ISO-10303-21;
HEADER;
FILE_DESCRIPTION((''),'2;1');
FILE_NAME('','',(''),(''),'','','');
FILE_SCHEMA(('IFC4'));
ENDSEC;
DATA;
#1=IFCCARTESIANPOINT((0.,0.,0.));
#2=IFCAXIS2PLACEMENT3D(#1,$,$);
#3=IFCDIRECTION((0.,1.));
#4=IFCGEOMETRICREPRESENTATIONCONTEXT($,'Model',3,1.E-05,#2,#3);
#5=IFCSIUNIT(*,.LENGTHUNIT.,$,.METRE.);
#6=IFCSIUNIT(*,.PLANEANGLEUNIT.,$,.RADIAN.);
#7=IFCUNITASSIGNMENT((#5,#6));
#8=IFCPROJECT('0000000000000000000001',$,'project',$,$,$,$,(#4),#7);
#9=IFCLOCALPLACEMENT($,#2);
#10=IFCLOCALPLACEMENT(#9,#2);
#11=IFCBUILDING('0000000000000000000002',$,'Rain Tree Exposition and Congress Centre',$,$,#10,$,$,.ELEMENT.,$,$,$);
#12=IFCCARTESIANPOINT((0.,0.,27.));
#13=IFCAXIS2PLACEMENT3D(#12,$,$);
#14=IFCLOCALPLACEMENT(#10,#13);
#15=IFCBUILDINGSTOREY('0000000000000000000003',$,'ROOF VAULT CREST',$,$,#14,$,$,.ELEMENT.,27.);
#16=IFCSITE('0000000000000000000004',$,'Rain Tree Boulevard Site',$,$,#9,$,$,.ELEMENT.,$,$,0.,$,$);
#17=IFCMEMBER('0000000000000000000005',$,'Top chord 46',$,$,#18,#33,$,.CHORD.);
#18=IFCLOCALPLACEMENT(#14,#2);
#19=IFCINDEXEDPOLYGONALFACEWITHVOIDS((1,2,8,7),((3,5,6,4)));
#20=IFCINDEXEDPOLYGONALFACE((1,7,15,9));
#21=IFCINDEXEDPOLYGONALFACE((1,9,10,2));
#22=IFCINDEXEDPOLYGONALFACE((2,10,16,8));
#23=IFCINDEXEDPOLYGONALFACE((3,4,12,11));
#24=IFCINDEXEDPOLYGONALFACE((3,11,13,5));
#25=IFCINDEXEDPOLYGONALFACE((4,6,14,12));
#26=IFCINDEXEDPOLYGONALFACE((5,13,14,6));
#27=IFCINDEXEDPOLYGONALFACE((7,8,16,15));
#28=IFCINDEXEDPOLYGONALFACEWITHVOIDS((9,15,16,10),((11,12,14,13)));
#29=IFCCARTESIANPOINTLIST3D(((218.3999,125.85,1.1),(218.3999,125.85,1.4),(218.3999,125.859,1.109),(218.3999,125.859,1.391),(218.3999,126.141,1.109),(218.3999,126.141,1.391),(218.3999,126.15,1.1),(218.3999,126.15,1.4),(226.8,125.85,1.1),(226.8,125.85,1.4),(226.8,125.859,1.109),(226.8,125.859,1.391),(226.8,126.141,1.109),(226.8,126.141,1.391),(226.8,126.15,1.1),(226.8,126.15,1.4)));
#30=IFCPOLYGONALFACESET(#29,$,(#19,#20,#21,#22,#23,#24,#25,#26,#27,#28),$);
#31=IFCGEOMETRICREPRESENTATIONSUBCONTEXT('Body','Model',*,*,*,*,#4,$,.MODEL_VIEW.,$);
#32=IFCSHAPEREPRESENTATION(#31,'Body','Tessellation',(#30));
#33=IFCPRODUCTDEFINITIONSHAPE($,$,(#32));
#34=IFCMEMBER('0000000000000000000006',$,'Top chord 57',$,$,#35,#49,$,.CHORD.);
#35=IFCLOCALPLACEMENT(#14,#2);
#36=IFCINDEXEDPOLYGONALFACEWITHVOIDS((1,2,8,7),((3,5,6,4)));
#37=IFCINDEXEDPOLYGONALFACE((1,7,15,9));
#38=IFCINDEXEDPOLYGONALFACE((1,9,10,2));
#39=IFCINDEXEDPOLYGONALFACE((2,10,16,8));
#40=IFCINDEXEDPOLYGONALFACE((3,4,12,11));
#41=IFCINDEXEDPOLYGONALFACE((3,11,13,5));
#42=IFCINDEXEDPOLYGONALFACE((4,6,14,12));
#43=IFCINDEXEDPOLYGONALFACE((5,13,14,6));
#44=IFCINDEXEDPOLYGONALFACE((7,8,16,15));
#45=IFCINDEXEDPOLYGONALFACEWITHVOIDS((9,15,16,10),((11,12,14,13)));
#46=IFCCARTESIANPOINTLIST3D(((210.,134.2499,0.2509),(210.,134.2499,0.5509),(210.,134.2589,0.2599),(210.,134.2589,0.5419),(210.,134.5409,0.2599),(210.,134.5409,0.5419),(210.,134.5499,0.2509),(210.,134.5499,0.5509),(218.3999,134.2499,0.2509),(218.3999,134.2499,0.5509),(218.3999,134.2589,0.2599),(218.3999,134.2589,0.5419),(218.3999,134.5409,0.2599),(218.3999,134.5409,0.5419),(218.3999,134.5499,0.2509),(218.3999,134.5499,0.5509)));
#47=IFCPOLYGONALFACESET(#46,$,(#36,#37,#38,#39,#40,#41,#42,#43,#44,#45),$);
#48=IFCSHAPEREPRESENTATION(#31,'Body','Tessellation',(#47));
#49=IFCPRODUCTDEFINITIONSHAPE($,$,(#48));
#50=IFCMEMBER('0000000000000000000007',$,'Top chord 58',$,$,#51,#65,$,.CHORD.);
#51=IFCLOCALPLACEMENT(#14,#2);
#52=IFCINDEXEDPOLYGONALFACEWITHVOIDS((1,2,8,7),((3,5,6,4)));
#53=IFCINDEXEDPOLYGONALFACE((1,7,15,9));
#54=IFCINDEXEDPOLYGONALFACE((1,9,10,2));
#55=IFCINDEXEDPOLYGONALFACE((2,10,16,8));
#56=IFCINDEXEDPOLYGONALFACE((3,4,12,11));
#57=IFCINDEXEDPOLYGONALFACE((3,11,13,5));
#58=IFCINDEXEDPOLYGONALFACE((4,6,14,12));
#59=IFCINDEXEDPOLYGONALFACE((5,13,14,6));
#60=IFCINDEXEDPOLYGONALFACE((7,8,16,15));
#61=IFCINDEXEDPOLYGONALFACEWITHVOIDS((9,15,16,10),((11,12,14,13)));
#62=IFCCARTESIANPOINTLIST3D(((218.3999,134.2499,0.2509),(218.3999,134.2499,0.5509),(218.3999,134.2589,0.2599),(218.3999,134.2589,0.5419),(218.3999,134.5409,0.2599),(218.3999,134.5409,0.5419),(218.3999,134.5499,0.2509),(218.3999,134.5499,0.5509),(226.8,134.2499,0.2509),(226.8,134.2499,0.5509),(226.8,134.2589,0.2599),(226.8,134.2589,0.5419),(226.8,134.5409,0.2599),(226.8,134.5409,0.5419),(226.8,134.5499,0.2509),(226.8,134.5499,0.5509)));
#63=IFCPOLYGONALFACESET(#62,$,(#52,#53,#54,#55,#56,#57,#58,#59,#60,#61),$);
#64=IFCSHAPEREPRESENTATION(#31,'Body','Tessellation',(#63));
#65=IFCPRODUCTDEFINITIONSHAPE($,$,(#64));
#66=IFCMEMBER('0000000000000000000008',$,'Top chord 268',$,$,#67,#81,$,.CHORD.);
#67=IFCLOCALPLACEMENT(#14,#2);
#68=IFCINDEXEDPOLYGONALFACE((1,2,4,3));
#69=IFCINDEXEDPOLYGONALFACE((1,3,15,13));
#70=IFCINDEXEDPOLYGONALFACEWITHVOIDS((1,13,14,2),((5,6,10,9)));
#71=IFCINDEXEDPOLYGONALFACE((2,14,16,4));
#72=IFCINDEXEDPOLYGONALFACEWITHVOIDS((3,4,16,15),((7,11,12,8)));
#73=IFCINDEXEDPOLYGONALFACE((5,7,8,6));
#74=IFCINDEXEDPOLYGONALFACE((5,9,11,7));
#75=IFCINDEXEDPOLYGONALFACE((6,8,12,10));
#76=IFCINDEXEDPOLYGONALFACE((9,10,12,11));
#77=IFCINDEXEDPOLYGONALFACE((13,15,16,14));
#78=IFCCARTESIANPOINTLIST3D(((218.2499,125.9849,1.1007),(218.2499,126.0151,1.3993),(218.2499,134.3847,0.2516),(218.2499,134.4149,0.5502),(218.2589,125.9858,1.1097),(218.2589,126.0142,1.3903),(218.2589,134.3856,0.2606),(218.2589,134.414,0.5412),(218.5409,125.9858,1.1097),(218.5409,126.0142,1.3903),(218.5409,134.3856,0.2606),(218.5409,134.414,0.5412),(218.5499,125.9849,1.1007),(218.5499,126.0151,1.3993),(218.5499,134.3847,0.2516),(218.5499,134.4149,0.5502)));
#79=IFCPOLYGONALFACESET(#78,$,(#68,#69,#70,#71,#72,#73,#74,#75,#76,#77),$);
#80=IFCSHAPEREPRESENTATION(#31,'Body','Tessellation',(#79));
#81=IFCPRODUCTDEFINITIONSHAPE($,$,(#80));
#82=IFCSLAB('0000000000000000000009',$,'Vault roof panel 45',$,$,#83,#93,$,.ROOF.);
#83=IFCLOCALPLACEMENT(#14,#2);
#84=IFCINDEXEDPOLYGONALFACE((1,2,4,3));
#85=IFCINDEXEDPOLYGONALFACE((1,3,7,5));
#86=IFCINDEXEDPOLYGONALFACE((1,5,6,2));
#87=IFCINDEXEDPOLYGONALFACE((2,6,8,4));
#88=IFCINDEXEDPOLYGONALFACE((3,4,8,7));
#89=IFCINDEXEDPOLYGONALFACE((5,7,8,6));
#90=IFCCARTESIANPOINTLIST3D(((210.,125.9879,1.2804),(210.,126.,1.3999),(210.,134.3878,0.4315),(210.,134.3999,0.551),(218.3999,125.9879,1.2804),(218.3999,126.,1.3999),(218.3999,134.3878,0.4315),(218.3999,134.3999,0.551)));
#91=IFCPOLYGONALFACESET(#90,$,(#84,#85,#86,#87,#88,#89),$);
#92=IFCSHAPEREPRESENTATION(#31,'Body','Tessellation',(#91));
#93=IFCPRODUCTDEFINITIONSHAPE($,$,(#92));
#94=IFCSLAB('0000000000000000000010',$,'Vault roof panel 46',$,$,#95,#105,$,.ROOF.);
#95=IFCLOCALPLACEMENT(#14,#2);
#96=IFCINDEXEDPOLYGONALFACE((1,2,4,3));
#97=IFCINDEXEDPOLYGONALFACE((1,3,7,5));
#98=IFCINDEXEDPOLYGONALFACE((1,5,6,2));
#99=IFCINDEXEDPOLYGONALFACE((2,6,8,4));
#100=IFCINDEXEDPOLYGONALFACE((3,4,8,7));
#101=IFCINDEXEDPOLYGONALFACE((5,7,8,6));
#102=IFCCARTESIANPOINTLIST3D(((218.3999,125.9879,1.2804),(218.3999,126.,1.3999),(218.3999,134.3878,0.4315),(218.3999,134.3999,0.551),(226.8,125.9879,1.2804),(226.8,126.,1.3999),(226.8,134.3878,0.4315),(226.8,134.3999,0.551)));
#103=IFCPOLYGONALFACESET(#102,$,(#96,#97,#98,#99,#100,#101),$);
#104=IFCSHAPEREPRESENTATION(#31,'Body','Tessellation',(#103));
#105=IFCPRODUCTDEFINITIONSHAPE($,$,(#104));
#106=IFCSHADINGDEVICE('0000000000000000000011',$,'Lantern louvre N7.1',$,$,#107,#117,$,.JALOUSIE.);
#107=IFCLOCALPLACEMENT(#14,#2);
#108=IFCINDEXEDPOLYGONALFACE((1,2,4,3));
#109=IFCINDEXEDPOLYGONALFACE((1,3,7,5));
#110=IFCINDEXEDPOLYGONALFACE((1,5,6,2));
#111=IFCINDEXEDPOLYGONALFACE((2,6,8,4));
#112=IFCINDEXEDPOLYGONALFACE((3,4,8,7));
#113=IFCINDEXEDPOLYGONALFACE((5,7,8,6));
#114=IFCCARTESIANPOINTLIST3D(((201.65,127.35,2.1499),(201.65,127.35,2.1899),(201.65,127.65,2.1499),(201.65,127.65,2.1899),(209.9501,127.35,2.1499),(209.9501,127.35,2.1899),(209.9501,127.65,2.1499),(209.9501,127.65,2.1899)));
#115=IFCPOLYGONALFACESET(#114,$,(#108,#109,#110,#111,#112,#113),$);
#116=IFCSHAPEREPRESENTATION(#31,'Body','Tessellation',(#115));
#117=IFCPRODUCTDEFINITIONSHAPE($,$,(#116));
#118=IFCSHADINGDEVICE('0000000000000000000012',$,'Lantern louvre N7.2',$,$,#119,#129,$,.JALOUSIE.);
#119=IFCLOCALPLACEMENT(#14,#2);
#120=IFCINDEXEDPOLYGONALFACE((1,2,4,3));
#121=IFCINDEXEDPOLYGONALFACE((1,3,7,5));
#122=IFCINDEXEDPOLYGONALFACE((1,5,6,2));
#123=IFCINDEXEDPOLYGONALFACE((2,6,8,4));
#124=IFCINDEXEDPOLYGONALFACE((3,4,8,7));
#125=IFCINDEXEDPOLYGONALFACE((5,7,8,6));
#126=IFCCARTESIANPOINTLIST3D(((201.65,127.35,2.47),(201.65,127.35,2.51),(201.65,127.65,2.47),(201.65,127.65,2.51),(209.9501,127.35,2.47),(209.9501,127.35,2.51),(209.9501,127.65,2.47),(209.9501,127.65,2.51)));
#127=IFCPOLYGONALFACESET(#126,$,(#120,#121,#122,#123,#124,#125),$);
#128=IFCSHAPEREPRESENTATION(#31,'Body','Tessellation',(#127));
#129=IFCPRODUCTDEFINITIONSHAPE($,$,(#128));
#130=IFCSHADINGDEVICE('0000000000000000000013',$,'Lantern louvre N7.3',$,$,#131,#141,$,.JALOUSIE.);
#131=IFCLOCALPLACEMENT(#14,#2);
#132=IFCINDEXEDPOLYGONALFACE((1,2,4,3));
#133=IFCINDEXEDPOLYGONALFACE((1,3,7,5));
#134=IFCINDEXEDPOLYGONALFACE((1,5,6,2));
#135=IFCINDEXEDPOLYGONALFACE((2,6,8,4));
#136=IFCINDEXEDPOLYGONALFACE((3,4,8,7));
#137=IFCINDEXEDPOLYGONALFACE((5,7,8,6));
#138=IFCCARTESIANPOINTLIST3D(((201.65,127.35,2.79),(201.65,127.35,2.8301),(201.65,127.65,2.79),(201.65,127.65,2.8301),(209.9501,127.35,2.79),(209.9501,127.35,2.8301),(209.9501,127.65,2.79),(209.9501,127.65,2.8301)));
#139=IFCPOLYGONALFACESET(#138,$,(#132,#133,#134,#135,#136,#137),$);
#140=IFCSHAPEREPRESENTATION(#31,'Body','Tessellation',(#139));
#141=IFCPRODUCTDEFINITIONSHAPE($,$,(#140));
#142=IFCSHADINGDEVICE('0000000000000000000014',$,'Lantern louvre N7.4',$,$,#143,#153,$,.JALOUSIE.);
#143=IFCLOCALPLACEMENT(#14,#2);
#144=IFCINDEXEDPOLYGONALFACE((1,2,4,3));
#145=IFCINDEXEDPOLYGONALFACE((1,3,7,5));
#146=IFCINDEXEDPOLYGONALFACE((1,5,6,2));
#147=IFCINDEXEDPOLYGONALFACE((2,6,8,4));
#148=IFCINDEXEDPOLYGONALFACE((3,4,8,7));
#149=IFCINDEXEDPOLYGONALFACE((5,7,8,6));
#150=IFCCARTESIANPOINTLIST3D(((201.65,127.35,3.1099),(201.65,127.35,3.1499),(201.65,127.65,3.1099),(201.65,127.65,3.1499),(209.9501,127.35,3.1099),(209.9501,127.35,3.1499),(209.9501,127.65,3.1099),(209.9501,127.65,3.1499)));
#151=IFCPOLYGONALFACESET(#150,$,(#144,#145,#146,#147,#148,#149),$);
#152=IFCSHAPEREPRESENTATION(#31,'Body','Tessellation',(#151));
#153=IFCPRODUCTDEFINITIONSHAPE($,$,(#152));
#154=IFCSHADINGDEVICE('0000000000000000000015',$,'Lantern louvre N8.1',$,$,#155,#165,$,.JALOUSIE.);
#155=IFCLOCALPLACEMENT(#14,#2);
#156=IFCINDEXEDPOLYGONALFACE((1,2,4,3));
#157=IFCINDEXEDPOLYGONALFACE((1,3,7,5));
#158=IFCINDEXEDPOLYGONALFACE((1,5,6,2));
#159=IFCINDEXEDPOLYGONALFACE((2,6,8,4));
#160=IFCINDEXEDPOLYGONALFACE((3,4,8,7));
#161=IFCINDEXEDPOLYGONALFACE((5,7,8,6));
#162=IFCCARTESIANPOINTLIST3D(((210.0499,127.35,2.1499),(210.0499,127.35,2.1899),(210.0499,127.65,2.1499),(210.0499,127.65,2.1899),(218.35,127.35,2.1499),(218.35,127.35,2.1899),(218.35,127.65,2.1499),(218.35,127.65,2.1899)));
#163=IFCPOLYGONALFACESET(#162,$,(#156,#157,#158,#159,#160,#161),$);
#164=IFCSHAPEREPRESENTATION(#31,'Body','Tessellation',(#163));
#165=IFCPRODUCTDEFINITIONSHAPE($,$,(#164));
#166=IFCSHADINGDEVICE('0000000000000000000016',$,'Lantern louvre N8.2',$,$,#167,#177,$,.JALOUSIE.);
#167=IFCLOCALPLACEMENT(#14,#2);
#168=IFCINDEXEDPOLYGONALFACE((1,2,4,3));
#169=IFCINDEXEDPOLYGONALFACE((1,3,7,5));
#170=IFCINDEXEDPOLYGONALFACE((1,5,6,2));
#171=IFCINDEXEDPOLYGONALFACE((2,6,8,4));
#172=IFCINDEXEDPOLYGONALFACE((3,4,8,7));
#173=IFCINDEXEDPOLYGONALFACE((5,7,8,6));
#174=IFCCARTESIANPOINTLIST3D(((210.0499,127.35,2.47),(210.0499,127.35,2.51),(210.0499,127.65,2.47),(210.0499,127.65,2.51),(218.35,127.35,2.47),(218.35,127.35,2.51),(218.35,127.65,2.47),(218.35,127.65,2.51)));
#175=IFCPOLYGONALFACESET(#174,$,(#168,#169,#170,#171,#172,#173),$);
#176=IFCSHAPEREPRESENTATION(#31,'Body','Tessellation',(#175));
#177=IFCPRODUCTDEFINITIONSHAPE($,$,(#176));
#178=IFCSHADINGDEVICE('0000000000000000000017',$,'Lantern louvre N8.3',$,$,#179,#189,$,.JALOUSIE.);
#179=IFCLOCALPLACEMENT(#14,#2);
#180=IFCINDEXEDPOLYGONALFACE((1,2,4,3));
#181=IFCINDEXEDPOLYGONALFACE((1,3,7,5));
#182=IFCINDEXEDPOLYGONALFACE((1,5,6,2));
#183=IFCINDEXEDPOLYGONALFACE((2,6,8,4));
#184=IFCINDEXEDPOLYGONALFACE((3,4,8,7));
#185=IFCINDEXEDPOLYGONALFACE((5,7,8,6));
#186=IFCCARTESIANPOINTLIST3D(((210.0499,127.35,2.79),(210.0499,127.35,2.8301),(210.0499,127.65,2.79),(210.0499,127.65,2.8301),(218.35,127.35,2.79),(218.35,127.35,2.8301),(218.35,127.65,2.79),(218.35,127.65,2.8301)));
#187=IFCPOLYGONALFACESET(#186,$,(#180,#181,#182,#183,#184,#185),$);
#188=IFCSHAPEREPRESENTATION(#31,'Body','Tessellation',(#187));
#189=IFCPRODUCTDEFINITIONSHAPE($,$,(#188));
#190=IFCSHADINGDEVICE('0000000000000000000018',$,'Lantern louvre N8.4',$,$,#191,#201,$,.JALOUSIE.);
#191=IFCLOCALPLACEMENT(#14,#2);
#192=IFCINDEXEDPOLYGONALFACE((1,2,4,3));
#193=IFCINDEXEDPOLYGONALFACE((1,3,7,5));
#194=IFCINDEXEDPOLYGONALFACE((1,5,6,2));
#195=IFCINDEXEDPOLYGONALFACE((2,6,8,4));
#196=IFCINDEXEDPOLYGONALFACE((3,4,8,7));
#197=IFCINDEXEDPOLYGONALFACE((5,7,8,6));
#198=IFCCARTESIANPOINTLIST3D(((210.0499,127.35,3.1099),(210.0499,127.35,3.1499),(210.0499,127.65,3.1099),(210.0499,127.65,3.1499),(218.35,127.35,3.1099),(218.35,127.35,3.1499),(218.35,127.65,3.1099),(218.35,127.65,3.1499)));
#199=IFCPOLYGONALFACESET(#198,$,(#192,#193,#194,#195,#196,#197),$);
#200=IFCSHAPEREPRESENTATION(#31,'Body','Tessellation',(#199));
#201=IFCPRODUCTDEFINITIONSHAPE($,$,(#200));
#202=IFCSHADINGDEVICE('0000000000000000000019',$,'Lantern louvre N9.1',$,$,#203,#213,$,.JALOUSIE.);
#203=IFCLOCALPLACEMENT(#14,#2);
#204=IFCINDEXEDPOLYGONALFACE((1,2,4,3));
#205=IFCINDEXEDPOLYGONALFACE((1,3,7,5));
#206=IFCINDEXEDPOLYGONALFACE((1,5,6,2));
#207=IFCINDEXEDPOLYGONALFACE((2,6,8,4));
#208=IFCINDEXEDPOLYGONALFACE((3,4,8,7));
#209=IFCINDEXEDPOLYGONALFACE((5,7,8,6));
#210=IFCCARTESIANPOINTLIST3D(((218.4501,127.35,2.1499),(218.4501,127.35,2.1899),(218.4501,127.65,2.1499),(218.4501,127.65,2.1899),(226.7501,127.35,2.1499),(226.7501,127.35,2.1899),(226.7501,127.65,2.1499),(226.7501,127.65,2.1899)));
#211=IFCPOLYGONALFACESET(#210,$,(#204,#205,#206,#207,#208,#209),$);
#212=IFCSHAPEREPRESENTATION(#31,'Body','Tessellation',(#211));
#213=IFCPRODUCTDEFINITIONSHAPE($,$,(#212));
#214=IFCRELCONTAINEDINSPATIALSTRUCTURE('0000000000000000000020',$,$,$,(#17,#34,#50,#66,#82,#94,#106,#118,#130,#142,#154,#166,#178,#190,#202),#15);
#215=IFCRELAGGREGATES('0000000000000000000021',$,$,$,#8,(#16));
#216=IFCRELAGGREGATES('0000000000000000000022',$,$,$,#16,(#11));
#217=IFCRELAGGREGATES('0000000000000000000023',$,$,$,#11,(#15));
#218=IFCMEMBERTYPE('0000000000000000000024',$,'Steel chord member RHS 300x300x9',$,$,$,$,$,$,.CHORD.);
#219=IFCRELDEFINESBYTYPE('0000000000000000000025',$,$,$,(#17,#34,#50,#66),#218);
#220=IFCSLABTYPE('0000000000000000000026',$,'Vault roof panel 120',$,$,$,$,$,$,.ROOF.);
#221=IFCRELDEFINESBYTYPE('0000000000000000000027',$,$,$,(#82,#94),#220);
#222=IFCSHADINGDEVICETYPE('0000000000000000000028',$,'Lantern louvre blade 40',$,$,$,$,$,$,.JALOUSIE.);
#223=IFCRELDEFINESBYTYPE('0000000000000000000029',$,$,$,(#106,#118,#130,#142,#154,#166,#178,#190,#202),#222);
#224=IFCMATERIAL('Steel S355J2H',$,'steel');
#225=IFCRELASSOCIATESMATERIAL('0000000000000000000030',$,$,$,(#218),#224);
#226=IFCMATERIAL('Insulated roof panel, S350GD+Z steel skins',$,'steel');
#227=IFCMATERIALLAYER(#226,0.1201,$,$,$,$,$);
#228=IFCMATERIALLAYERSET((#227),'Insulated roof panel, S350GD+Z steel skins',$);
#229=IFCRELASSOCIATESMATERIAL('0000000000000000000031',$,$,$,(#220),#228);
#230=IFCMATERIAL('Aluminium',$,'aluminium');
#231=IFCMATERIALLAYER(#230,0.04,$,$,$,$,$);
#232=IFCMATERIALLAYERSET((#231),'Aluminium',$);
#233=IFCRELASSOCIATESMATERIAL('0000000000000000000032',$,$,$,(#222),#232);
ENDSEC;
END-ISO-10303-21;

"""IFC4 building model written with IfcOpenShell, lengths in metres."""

from ifc_helpers import new_model, si_unit, direction, frame, origin, origin_2d, place, context, subcontext, project, spatial, polyline, rectangle, hollow_rectangle, outline, extrude, material, layer, layer_set, material_profile, profile_set, type_object, element, save


model = new_model("IFC4")

# Units and contexts
model_context = context("Model", 3, precision=1e-05, world=origin(), true_north=direction((0.0, 1.0)))
body_context = subcontext(model_context, "Body", "Model", "MODEL_VIEW")
ifc_project = project(units=[si_unit("LENGTHUNIT", "METRE"), si_unit("PLANEANGLEUNIT", "RADIAN")], contexts=[model_context])

# Site, building, storey
site_placement = place(None, origin())
site = spatial("IfcSite", under=ifc_project, at=site_placement, Name="Rain Tree Boulevard Site", CompositionType="ELEMENT", RefElevation=0.0)
building_placement = place(site_placement, origin())
building = spatial("IfcBuilding", under=site, at=building_placement, Name="Rain Tree Exposition and Congress Centre", CompositionType="ELEMENT")
storey_placement = place(building_placement, frame((0.0, 0.0, 27.0)))
storey = spatial("IfcBuildingStorey", under=building, at=storey_placement, Name="ROOF VAULT CREST", CompositionType="ELEMENT", Elevation=27.0)

# Members
ifc_material_1 = material(Name="Steel S355J2H", Category="steel")
ifc_material_profile_1 = material_profile(ifc_material_1, hollow_rectangle(XDim=0.3, YDim=0.3, WallThickness=0.009, at=origin_2d()), Name="RHS 300x300x9")
ifc_profile_set_1 = profile_set([ifc_material_profile_1], Name="Steel S355J2H")
member_type = type_object("IfcMemberType", Name="Steel chord member RHS 300x300x9", PredefinedType="CHORD", material=ifc_profile_set_1)
member_1_placement = place(storey_placement, frame((218.3999, 126.0, 1.25), z_axis=(1.0, 0.0, 0.0), x_axis=(0.0, 1.0, 0.0)))
element("IfcMember", 1, at=member_1_placement, inside=storey, type_object=member_type, Name="Top chord 46", PredefinedType="CHORD", context=body_context, shape_type="SweptSolid", body=[
    extrude(hollow_rectangle(XDim=0.3, YDim=0.3, WallThickness=0.009, at=origin_2d()), origin(), (0.0, 0.0, 1.0), 8.4001),
])
member_2_placement = place(storey_placement, frame((210.0, 134.3999, 0.4009), z_axis=(1.0, 0.0, 0.0), x_axis=(0.0, 1.0, 0.0)))
element("IfcMember", 2, at=member_2_placement, inside=storey, type_object=member_type, Name="Top chord 57", PredefinedType="CHORD", context=body_context, shape_type="SweptSolid", body=[
    extrude(hollow_rectangle(XDim=0.3, YDim=0.3, WallThickness=0.009, at=origin_2d()), origin(), (0.0, 0.0, 1.0), 8.3999),
])
member_3_placement = place(storey_placement, frame((218.3999, 134.3999, 0.4009), z_axis=(1.0, 0.0, 0.0), x_axis=(0.0, 1.0, 0.0)))
element("IfcMember", 3, at=member_3_placement, inside=storey, type_object=member_type, Name="Top chord 58", PredefinedType="CHORD", context=body_context, shape_type="SweptSolid", body=[
    extrude(hollow_rectangle(XDim=0.3, YDim=0.3, WallThickness=0.009, at=origin_2d()), origin(), (0.0, 0.0, 1.0), 8.4001),
])
member_4_placement = place(storey_placement, frame((218.3999, 126.0, 1.25), z_axis=(0.0, 0.99493, -0.100574), x_axis=(-1.0, 0.0, 0.0)))
element("IfcMember", 4, at=member_4_placement, inside=storey, type_object=member_type, Name="Top chord 268", PredefinedType="CHORD", context=body_context, shape_type="SweptSolid", body=[
    extrude(hollow_rectangle(XDim=0.3, YDim=0.3, WallThickness=0.009, at=origin_2d()), origin(), (0.0, 0.0, 1.0), 8.4426),
])

# Slabs
ifc_material_2 = material(Name="Insulated roof panel, S350GD+Z steel skins", Category="steel")
ifc_layer_1 = layer(ifc_material_2, 0.1201)
ifc_layer_set_1 = layer_set([ifc_layer_1], Name="Insulated roof panel, S350GD+Z steel skins")
slab_type = type_object("IfcSlabType", Name="Vault roof panel 120", PredefinedType="ROOF", material=ifc_layer_set_1)
slab_1_placement = place(storey_placement, frame((210.0, 126.0, 1.3999), z_axis=(0.0, 0.100546, 0.994932), x_axis=(1.0, 0.0, 0.0)))
element("IfcSlab", 5, at=slab_1_placement, inside=storey, type_object=slab_type, Name="Vault roof panel 45", PredefinedType="ROOF", context=body_context, shape_type="SweptSolid", body=[
    extrude(outline(polyline([(0.0, 0.0), (8.3999, 0.0), (8.3999, 8.4427), (0.0, 8.4427), (0.0, 0.0)])), origin(), (0.0, 0.0, -1.0), 0.1201),
])
slab_2_placement = place(storey_placement, frame((218.3999, 126.0, 1.3999), z_axis=(0.0, 0.100546, 0.994932), x_axis=(1.0, 0.0, 0.0)))
element("IfcSlab", 6, at=slab_2_placement, inside=storey, type_object=slab_type, Name="Vault roof panel 46", PredefinedType="ROOF", context=body_context, shape_type="SweptSolid", body=[
    extrude(outline(polyline([(0.0, 0.0), (8.4001, 0.0), (8.4001, 8.4427), (0.0, 8.4427), (0.0, 0.0)])), origin(), (0.0, 0.0, -1.0), 0.1201),
])

# Shading devices
ifc_material_3 = material(Name="Aluminium", Category="aluminium")
ifc_layer_2 = layer(ifc_material_3, 0.04)
ifc_layer_set_2 = layer_set([ifc_layer_2], Name="Aluminium")
shading_device_type = type_object("IfcShadingDeviceType", Name="Lantern louvre blade 40", PredefinedType="JALOUSIE", material=ifc_layer_set_2)
for number, where, z_axis, x_axis, name in (
    (7, (205.8, 127.5, 2.1499), (0.0, 0.0, 1.0), (1.0, 0.0, 0.0), "Lantern louvre N7.1"),
    (8, (205.8, 127.5, 2.47), (0.0, 0.0, 1.0), (1.0, 0.0, 0.0), "Lantern louvre N7.2"),
    (9, (205.8, 127.5, 2.79), (0.0, 0.0, 1.0), (1.0, 0.0, 0.0), "Lantern louvre N7.3"),
    (10, (205.8, 127.5, 3.1099), (0.0, 0.0, 1.0), (1.0, 0.0, 0.0), "Lantern louvre N7.4"),
    (11, (214.2, 127.5, 2.1499), (0.0, 0.0, 1.0), (1.0, 0.0, 0.0), "Lantern louvre N8.1"),
    (12, (214.2, 127.5, 2.47), (0.0, 0.0, 1.0), (1.0, 0.0, 0.0), "Lantern louvre N8.2"),
    (13, (214.2, 127.5, 2.79), (0.0, 0.0, 1.0), (1.0, 0.0, 0.0), "Lantern louvre N8.3"),
    (14, (214.2, 127.5, 3.1099), (0.0, 0.0, 1.0), (1.0, 0.0, 0.0), "Lantern louvre N8.4"),
    (15, (222.6001, 127.5, 2.1499), (0.0, 0.0, 1.0), (1.0, 0.0, 0.0), "Lantern louvre N9.1"),
):
    element("IfcShadingDevice", number, at=place(storey_placement, frame(where, z_axis=z_axis, x_axis=x_axis)), inside=storey, type_object=shading_device_type, Name=name, PredefinedType="JALOUSIE", context=body_context, shape_type="SweptSolid", body=[
        extrude(rectangle(XDim=8.3, YDim=0.3, at=origin_2d()), origin(), (0.0, 0.0, 1.0), 0.04),
    ])

save(model, "model.ifc")
